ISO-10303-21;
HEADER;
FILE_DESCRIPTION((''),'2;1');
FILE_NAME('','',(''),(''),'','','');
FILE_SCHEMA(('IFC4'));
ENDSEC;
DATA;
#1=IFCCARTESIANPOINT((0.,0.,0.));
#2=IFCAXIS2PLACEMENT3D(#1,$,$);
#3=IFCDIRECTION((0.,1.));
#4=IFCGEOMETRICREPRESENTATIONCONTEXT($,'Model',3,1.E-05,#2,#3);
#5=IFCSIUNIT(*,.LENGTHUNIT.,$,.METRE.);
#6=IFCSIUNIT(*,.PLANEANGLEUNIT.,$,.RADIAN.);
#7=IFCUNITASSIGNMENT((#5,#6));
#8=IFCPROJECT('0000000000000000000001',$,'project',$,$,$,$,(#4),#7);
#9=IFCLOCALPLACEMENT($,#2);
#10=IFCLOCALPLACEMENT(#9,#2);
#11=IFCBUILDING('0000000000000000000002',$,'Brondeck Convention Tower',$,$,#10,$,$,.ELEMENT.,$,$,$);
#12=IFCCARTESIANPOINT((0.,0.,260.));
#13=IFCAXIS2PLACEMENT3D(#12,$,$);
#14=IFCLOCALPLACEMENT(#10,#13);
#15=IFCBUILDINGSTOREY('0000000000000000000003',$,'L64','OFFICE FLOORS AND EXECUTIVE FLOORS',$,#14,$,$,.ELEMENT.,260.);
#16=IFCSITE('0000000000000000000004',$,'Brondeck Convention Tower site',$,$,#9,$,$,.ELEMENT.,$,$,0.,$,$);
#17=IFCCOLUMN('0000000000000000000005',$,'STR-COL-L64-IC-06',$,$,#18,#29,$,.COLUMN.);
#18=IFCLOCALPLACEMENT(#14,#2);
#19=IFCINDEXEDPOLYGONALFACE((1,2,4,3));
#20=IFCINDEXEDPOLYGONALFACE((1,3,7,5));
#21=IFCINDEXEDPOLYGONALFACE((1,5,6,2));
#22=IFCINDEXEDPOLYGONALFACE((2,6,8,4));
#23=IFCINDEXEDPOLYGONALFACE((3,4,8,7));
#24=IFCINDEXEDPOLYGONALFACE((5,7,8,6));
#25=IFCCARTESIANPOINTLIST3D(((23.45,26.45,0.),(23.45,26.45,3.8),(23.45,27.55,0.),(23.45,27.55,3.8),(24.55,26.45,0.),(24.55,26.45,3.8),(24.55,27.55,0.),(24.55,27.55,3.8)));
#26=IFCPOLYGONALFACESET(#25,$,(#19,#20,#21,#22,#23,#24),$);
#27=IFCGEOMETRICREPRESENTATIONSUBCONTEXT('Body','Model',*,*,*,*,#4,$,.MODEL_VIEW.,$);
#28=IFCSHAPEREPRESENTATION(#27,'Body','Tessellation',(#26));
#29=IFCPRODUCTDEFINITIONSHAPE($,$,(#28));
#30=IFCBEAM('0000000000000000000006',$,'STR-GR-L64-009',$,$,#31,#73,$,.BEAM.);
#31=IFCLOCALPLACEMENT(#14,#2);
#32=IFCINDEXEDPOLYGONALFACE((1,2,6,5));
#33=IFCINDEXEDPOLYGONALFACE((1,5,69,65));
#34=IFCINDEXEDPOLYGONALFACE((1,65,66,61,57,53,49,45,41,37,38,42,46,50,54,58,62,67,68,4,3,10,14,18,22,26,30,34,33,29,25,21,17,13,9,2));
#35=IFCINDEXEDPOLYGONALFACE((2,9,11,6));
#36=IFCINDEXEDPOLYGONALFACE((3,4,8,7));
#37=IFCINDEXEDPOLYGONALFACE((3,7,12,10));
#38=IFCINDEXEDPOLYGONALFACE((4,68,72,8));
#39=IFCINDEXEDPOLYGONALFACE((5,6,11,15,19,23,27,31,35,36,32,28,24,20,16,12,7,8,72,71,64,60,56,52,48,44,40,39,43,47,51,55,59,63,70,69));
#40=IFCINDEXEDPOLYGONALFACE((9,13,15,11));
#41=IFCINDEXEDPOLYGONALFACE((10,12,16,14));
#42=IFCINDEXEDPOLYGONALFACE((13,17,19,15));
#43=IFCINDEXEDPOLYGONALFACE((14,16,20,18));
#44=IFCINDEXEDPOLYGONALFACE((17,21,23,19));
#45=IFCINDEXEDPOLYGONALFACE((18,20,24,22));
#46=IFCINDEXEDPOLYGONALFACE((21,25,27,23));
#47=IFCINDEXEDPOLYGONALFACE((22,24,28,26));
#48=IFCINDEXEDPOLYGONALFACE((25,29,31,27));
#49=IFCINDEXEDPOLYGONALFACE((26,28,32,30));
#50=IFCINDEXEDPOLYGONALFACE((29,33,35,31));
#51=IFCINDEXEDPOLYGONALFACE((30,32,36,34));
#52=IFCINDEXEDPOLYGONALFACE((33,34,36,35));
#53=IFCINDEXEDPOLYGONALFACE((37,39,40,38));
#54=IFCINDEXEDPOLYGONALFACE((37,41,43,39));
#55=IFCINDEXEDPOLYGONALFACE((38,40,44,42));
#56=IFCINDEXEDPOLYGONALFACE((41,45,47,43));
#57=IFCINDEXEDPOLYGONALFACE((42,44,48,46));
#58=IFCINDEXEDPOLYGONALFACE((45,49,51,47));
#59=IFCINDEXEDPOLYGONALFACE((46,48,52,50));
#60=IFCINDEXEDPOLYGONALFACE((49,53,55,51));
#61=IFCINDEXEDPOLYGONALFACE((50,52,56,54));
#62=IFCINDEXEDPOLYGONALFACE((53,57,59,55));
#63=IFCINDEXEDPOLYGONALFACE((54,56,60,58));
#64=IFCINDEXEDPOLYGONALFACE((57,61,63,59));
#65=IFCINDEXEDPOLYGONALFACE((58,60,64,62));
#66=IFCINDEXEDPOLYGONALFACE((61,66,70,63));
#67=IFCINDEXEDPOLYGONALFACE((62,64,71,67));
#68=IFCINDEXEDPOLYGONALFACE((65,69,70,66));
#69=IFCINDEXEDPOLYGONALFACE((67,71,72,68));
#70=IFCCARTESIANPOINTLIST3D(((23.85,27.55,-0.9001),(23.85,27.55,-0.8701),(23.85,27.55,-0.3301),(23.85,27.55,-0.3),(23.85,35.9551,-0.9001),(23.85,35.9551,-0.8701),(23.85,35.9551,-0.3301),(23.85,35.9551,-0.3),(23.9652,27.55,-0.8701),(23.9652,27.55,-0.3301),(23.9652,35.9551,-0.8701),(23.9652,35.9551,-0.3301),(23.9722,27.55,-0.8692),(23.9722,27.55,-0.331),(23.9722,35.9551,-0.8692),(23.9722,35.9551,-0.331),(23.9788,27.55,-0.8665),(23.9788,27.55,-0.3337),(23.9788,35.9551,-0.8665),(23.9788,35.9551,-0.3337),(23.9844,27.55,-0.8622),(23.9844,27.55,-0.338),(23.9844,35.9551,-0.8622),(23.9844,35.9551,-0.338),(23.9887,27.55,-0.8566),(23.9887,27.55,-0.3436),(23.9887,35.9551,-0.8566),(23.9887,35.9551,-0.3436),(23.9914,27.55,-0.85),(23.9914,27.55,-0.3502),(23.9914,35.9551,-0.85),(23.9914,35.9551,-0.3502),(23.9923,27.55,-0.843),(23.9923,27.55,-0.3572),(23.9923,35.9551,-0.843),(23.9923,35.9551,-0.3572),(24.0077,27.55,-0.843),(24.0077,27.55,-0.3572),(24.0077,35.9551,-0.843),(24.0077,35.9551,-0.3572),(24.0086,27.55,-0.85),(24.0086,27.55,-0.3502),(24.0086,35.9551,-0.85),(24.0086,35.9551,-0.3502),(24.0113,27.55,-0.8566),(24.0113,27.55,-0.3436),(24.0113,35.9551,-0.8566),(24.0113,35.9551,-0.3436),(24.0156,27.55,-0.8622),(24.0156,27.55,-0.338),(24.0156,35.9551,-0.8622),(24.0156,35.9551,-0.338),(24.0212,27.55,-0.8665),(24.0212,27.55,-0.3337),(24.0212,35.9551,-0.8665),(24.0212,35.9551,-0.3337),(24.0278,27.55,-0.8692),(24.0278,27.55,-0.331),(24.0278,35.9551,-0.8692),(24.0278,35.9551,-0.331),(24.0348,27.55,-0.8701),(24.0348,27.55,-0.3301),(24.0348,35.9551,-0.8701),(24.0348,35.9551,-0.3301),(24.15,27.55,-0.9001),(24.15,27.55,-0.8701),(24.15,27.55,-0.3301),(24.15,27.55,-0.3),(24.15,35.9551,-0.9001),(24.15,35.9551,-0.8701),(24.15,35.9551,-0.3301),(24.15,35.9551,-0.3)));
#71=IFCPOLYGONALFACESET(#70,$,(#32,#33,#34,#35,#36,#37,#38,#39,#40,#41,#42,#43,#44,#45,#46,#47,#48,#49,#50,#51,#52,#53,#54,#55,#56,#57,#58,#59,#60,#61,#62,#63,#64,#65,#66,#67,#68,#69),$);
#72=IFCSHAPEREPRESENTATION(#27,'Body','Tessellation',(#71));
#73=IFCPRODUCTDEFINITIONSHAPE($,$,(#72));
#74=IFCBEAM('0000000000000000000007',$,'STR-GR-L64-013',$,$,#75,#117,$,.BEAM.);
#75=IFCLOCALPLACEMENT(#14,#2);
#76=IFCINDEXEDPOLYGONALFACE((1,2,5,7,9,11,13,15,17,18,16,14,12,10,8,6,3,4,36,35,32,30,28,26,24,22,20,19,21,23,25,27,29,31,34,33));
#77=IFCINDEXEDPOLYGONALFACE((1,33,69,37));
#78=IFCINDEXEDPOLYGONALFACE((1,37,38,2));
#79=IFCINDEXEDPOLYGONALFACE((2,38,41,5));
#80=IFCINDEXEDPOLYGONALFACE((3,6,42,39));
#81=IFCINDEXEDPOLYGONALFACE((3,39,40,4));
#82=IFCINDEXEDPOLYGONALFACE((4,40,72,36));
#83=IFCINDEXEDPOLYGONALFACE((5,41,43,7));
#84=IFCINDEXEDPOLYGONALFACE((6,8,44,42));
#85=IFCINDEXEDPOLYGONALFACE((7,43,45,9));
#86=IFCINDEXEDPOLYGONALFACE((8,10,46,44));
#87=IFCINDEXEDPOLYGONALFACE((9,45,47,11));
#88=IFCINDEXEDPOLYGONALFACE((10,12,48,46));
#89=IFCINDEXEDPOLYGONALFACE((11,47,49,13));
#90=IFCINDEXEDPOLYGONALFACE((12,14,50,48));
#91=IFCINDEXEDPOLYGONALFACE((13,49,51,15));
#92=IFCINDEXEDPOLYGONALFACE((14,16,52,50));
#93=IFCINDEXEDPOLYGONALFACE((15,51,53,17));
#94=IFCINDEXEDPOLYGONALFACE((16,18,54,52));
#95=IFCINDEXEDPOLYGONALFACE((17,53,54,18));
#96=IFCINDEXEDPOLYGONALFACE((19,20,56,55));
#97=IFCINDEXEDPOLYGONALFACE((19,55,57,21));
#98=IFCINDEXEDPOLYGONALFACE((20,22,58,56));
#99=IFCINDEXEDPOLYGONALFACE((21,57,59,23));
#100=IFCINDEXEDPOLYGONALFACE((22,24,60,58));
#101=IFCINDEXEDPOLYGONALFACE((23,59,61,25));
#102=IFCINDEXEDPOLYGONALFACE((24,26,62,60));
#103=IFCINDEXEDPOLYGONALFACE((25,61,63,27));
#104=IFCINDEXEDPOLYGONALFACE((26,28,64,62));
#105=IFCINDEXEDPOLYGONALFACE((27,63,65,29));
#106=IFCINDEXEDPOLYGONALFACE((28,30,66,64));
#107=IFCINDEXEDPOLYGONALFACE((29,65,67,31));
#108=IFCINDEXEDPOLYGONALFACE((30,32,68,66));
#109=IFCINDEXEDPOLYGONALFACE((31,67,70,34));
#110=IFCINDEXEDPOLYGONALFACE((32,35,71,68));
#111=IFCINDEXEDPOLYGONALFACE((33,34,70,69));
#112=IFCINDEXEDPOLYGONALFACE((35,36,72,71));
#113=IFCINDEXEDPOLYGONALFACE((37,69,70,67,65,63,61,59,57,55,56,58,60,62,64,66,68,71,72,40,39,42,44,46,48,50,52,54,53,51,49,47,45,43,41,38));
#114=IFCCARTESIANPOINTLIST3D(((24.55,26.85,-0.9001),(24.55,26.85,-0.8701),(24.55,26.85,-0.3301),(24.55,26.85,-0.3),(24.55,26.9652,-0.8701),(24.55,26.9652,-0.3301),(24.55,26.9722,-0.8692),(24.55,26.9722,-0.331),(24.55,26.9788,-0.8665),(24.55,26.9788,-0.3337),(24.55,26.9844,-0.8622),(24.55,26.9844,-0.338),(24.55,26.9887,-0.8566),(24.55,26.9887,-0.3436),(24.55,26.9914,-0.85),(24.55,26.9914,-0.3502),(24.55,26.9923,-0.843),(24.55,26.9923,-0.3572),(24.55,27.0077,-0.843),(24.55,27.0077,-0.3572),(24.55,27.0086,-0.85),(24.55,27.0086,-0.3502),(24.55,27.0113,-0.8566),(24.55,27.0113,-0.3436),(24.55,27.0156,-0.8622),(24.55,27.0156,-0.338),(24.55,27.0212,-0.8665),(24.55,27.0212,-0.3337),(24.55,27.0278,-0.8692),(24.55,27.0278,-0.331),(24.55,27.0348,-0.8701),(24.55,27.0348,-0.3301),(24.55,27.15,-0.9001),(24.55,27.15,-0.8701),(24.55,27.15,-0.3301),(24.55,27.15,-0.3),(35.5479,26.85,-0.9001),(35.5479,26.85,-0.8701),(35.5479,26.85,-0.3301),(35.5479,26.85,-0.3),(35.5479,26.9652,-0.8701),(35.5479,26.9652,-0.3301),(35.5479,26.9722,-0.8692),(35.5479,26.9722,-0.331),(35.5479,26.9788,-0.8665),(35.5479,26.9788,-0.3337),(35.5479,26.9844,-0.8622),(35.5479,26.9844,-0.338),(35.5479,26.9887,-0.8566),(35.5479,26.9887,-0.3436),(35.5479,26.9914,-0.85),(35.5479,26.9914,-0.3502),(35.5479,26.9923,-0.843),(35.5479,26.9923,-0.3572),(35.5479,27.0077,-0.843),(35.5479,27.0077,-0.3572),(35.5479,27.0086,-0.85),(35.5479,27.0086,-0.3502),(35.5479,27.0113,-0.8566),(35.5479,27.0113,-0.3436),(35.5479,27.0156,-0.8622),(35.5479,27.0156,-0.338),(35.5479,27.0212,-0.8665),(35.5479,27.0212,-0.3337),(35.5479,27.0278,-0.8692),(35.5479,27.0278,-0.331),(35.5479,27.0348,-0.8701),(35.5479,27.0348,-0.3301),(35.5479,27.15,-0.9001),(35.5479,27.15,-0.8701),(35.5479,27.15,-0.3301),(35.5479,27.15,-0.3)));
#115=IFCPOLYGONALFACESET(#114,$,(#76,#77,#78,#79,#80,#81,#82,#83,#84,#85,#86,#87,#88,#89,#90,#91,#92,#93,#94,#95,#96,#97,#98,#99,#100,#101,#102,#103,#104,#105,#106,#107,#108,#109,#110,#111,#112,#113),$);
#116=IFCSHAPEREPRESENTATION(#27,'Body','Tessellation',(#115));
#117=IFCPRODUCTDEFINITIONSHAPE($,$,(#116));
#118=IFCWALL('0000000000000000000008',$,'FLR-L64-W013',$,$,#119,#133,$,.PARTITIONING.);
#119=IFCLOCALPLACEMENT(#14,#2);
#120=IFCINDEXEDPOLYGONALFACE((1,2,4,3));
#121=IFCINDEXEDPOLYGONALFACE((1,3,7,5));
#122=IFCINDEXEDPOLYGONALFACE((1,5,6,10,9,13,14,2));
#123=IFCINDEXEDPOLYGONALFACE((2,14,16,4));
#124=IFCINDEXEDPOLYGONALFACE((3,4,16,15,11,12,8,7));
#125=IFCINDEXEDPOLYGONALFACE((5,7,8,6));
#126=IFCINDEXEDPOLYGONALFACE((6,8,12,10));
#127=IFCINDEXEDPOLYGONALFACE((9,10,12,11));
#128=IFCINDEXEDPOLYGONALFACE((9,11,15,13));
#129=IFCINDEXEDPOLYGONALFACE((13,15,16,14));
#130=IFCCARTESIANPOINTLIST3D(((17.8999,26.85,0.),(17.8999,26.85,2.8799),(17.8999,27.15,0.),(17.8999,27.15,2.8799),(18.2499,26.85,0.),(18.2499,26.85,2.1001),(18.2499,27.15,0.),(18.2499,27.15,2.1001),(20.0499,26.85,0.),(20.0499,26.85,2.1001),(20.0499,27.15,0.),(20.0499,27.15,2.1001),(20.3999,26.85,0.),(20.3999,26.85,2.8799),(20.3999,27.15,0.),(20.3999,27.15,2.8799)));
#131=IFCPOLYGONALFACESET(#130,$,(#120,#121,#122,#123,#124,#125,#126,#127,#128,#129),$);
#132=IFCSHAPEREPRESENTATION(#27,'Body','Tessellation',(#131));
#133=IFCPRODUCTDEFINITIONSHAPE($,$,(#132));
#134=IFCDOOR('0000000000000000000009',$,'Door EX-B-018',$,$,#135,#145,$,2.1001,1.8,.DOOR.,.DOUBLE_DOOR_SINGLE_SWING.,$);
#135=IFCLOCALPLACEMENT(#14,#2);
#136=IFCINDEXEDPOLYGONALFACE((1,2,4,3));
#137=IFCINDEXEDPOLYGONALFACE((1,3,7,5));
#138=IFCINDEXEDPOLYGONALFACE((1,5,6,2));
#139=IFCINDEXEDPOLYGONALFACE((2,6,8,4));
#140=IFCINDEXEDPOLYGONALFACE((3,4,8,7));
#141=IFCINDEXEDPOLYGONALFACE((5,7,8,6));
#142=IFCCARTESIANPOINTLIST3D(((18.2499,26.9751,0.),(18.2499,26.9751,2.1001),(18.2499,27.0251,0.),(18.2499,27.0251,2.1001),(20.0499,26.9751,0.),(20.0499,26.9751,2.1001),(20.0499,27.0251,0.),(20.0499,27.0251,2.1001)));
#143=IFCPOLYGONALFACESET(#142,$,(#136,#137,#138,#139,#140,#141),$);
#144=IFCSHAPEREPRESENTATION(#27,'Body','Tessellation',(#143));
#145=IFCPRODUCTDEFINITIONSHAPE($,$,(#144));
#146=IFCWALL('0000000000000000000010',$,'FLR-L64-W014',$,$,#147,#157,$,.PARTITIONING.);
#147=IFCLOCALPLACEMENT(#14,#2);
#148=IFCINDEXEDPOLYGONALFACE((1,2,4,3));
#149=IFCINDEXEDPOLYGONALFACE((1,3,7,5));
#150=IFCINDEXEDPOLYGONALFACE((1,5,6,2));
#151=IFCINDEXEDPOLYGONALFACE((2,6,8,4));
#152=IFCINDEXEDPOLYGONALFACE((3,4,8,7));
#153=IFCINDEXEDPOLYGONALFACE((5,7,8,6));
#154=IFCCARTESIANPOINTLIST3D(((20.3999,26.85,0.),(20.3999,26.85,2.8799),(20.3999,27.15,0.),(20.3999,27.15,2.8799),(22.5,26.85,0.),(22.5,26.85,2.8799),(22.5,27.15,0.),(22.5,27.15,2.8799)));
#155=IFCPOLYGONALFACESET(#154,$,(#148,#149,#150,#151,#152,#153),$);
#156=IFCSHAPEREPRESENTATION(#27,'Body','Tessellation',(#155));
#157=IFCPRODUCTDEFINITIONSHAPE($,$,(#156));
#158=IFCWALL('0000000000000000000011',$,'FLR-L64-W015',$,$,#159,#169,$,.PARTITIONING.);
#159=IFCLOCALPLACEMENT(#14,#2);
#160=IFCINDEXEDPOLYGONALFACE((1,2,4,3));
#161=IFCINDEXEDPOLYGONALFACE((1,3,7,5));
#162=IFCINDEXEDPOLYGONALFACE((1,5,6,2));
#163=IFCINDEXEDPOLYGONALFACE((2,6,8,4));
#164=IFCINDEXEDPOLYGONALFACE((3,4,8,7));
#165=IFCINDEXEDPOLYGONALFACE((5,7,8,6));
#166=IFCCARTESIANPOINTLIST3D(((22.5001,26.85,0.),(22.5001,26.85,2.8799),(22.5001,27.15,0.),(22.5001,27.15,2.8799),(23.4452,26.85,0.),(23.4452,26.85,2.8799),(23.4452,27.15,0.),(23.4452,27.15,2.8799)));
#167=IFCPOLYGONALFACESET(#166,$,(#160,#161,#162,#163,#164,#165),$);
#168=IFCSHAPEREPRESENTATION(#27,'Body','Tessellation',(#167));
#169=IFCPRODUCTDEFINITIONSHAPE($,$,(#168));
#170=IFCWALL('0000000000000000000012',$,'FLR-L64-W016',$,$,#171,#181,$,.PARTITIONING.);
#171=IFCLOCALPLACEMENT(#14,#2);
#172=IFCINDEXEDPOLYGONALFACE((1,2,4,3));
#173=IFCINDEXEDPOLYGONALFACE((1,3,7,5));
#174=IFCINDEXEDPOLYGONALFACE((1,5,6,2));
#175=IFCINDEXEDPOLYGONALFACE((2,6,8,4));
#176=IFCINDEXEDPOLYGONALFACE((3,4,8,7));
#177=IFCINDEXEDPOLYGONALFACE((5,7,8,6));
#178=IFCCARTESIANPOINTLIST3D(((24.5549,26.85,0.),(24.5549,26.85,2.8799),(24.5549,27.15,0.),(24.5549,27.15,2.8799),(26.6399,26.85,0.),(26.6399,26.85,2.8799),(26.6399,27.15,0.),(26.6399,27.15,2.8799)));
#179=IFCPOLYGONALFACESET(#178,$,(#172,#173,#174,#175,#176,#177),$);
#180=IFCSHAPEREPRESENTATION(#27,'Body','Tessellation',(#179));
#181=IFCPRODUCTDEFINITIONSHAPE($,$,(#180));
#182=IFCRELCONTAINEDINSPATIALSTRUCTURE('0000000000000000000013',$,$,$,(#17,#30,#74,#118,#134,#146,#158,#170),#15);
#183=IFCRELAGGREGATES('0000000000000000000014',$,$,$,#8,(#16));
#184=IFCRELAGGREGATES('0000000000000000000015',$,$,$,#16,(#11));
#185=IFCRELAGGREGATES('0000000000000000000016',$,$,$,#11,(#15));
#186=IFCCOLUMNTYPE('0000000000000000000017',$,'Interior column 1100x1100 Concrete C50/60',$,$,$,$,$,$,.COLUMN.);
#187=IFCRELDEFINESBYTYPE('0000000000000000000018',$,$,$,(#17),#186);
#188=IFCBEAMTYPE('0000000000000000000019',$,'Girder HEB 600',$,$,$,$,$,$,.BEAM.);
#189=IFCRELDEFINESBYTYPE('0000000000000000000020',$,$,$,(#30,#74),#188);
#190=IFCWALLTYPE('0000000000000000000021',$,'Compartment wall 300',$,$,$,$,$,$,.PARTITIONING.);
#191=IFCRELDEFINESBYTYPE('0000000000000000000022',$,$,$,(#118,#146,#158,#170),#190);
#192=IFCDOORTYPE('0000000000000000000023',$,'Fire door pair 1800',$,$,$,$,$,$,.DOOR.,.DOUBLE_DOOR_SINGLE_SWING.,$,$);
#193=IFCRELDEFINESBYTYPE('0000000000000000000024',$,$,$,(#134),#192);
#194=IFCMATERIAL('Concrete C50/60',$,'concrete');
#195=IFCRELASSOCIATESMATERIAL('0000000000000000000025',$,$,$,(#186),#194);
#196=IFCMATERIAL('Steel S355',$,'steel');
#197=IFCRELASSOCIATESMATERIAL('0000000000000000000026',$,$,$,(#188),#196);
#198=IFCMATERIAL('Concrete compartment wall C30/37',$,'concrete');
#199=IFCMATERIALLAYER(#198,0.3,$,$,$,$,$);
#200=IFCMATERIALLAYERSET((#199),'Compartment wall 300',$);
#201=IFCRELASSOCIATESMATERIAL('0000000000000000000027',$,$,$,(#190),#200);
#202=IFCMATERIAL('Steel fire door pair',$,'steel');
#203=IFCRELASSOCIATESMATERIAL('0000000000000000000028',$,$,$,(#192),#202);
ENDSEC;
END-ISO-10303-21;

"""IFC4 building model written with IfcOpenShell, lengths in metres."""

from ifc_helpers import new_model, si_unit, direction, frame, frame_2d, origin, origin_2d, place, context, subcontext, project, spatial, rectangle, i_section, extrude, material, layer, layer_set, material_profile, profile_set, type_object, element, fill, save


model = new_model("IFC4")

# Units and contexts
model_context = context("Model", 3, precision=1e-05, world=origin(), true_north=direction((0.0, 1.0)))
body_context = subcontext(model_context, "Body", "Model", "MODEL_VIEW")
ifc_project = project(units=[si_unit("LENGTHUNIT", "METRE"), si_unit("PLANEANGLEUNIT", "RADIAN")], contexts=[model_context])

# Site, building, storey
site_placement = place(None, origin())
site = spatial("IfcSite", under=ifc_project, at=site_placement, Name="Brondeck Convention Tower site", CompositionType="ELEMENT", RefElevation=0.0)
building_placement = place(site_placement, origin())
building = spatial("IfcBuilding", under=site, at=building_placement, Name="Brondeck Convention Tower", CompositionType="ELEMENT")
storey_placement = place(building_placement, frame((0.0, 0.0, 260.0)))
storey = spatial("IfcBuildingStorey", under=building, at=storey_placement, Name="L64", Description="OFFICE FLOORS AND EXECUTIVE FLOORS", CompositionType="ELEMENT", Elevation=260.0)

# Column
ifc_material_1 = material(Name="Concrete C50/60", Category="concrete")
ifc_material_profile_1 = material_profile(ifc_material_1, rectangle(XDim=1.1001, YDim=1.1001, at=origin_2d()), Name="Interior column 1100x1100 Concrete C50/60")
ifc_profile_set_1 = profile_set([ifc_material_profile_1], Name="Concrete C50/60")
column_type = type_object("IfcColumnType", Name="Interior column 1100x1100 Concrete C50/60", PredefinedType="COLUMN", material=ifc_profile_set_1)
column_placement = place(storey_placement, frame((24.0, 27.0, 0.0), z_axis=(0.0, 0.0, 1.0), x_axis=(1.0, 0.0, 0.0)))
element("IfcColumn", 1, at=column_placement, inside=storey, type_object=column_type, Name="STR-COL-L64-IC-06", PredefinedType="COLUMN", context=body_context, shape_type="SweptSolid", body=[
    extrude(rectangle(XDim=1.1001, YDim=1.1001, at=origin_2d()), origin(), (0.0, 0.0, 1.0), 3.8),
])

# Beams
ifc_material_2 = material(Name="Steel S355", Category="steel")
ifc_material_profile_2 = material_profile(ifc_material_2, i_section(OverallWidth=0.3, OverallDepth=0.6001, WebThickness=0.0154, FlangeThickness=0.03, FilletRadius=0.0271, at=origin_2d()), Name="HEB 600")
ifc_profile_set_2 = profile_set([ifc_material_profile_2], Name="Steel S355")
beam_type = type_object("IfcBeamType", Name="Girder HEB 600", PredefinedType="BEAM", material=ifc_profile_set_2)
beam_1_placement = place(storey_placement, frame((24.0, 35.9551, -0.6001), z_axis=(0.0, -1.0, 0.0), x_axis=(1.0, 0.0, 0.0)))
element("IfcBeam", 2, at=beam_1_placement, inside=storey, type_object=beam_type, Name="STR-GR-L64-009", PredefinedType="BEAM", context=body_context, shape_type="SweptSolid", body=[
    extrude(i_section(OverallWidth=0.3, OverallDepth=0.6001, WebThickness=0.0154, FlangeThickness=0.03, FilletRadius=0.0271, at=origin_2d()), origin(), (0.0, 0.0, 1.0), 8.405),
])
beam_2_placement = place(storey_placement, frame((24.55, 27.0, -0.6001), z_axis=(1.0, 0.0, 0.0), x_axis=(0.0, 1.0, 0.0)))
element("IfcBeam", 3, at=beam_2_placement, inside=storey, type_object=beam_type, Name="STR-GR-L64-013", PredefinedType="BEAM", context=body_context, shape_type="SweptSolid", body=[
    extrude(i_section(OverallWidth=0.3, OverallDepth=0.6001, WebThickness=0.0154, FlangeThickness=0.03, FilletRadius=0.0271, at=origin_2d()), origin(), (0.0, 0.0, 1.0), 10.9978),
])

# Wall, opening, door
ifc_material_3 = material(Name="Concrete compartment wall C30/37", Category="concrete")
ifc_layer_1 = layer(ifc_material_3, 0.3)
ifc_layer_set_1 = layer_set([ifc_layer_1], Name="Compartment wall 300")
wall_type_1 = type_object("IfcWallType", Name="Compartment wall 300", PredefinedType="PARTITIONING", material=ifc_layer_set_1)
wall_1_placement = place(storey_placement, frame((20.3999, 27.0, 0.0), z_axis=(0.0, 0.0, 1.0), x_axis=(-1.0, 0.0, 0.0)))
wall_1 = element("IfcWall", 4, at=wall_1_placement, inside=storey, type_object=wall_type_1, Name="FLR-L64-W013", PredefinedType="PARTITIONING", context=body_context, shape_type="SweptSolid", body=[
    extrude(rectangle(XDim=2.5, YDim=0.3, at=frame_2d((1.25, 0.0))), origin(), (0.0, 0.0, 1.0), 2.8799),
])
opening_1_placement = place(wall_1_placement, frame((0.3501, 0.0, 0.0)))
opening_1 = element("IfcOpeningElement", 5, at=opening_1_placement, cuts=wall_1, PredefinedType="OPENING", context=body_context, shape_type="SweptSolid", body=[
    extrude(rectangle(XDim=1.8, YDim=2.1001, at=frame_2d((0.8999, 1.05))), frame((0.0, 0.1599, 0.0), z_axis=(0.0, -1.0, 0.0), x_axis=(1.0, 0.0, 0.0)), (0.0, 0.0, 1.0), 0.3201),
])
ifc_material_4 = material(Name="Steel fire door pair", Category="steel")
door_type_1 = type_object("IfcDoorType", Name="Fire door pair 1800", OperationType="DOUBLE_DOOR_SINGLE_SWING", PredefinedType="DOOR", material=ifc_material_4)
door_1_placement = place(opening_1_placement, origin())
door_1 = element("IfcDoor", 6, at=door_1_placement, inside=storey, type_object=door_type_1, Name="Door EX-B-018", OperationType="DOUBLE_DOOR_SINGLE_SWING", OverallHeight=2.1001, OverallWidth=1.8, PredefinedType="DOOR", context=body_context, shape_type="SweptSolid", body=[
    extrude(rectangle(XDim=1.8, YDim=2.1001, at=frame_2d((0.8999, 1.05))), frame((0.0, 0.0249, 0.0), z_axis=(0.0, -1.0, 0.0), x_axis=(1.0, 0.0, 0.0)), (0.0, 0.0, 1.0), 0.05),
])
fill(opening_1, door_1)

# Walls
wall_2_placement = place(storey_placement, frame((20.3999, 27.0, 0.0), z_axis=(0.0, 0.0, 1.0), x_axis=(1.0, 0.0, 0.0)))
element("IfcWall", 7, at=wall_2_placement, inside=storey, type_object=wall_type_1, Name="FLR-L64-W014", PredefinedType="PARTITIONING", context=body_context, shape_type="SweptSolid", body=[
    extrude(rectangle(XDim=2.1001, YDim=0.3, at=frame_2d((1.05, 0.0))), origin(), (0.0, 0.0, 1.0), 2.8799),
])
wall_3_placement = place(storey_placement, frame((22.5, 27.0, 0.0), z_axis=(0.0, 0.0, 1.0), x_axis=(1.0, 0.0, 0.0)))
element("IfcWall", 8, at=wall_3_placement, inside=storey, type_object=wall_type_1, Name="FLR-L64-W015", PredefinedType="PARTITIONING", context=body_context, shape_type="SweptSolid", body=[
    extrude(rectangle(XDim=0.9451, YDim=0.3, at=frame_2d((0.4727, 0.0))), origin(), (0.0, 0.0, 1.0), 2.8799),
])
wall_4_placement = place(storey_placement, frame((24.5549, 27.0, 0.0), z_axis=(0.0, 0.0, 1.0), x_axis=(1.0, 0.0, 0.0)))
element("IfcWall", 9, at=wall_4_placement, inside=storey, type_object=wall_type_1, Name="FLR-L64-W016", PredefinedType="PARTITIONING", context=body_context, shape_type="SweptSolid", body=[
    extrude(rectangle(XDim=2.085, YDim=0.3, at=frame_2d((1.0425, 0.0))), origin(), (0.0, 0.0, 1.0), 2.8799),
])

save(model, "model.ifc")
